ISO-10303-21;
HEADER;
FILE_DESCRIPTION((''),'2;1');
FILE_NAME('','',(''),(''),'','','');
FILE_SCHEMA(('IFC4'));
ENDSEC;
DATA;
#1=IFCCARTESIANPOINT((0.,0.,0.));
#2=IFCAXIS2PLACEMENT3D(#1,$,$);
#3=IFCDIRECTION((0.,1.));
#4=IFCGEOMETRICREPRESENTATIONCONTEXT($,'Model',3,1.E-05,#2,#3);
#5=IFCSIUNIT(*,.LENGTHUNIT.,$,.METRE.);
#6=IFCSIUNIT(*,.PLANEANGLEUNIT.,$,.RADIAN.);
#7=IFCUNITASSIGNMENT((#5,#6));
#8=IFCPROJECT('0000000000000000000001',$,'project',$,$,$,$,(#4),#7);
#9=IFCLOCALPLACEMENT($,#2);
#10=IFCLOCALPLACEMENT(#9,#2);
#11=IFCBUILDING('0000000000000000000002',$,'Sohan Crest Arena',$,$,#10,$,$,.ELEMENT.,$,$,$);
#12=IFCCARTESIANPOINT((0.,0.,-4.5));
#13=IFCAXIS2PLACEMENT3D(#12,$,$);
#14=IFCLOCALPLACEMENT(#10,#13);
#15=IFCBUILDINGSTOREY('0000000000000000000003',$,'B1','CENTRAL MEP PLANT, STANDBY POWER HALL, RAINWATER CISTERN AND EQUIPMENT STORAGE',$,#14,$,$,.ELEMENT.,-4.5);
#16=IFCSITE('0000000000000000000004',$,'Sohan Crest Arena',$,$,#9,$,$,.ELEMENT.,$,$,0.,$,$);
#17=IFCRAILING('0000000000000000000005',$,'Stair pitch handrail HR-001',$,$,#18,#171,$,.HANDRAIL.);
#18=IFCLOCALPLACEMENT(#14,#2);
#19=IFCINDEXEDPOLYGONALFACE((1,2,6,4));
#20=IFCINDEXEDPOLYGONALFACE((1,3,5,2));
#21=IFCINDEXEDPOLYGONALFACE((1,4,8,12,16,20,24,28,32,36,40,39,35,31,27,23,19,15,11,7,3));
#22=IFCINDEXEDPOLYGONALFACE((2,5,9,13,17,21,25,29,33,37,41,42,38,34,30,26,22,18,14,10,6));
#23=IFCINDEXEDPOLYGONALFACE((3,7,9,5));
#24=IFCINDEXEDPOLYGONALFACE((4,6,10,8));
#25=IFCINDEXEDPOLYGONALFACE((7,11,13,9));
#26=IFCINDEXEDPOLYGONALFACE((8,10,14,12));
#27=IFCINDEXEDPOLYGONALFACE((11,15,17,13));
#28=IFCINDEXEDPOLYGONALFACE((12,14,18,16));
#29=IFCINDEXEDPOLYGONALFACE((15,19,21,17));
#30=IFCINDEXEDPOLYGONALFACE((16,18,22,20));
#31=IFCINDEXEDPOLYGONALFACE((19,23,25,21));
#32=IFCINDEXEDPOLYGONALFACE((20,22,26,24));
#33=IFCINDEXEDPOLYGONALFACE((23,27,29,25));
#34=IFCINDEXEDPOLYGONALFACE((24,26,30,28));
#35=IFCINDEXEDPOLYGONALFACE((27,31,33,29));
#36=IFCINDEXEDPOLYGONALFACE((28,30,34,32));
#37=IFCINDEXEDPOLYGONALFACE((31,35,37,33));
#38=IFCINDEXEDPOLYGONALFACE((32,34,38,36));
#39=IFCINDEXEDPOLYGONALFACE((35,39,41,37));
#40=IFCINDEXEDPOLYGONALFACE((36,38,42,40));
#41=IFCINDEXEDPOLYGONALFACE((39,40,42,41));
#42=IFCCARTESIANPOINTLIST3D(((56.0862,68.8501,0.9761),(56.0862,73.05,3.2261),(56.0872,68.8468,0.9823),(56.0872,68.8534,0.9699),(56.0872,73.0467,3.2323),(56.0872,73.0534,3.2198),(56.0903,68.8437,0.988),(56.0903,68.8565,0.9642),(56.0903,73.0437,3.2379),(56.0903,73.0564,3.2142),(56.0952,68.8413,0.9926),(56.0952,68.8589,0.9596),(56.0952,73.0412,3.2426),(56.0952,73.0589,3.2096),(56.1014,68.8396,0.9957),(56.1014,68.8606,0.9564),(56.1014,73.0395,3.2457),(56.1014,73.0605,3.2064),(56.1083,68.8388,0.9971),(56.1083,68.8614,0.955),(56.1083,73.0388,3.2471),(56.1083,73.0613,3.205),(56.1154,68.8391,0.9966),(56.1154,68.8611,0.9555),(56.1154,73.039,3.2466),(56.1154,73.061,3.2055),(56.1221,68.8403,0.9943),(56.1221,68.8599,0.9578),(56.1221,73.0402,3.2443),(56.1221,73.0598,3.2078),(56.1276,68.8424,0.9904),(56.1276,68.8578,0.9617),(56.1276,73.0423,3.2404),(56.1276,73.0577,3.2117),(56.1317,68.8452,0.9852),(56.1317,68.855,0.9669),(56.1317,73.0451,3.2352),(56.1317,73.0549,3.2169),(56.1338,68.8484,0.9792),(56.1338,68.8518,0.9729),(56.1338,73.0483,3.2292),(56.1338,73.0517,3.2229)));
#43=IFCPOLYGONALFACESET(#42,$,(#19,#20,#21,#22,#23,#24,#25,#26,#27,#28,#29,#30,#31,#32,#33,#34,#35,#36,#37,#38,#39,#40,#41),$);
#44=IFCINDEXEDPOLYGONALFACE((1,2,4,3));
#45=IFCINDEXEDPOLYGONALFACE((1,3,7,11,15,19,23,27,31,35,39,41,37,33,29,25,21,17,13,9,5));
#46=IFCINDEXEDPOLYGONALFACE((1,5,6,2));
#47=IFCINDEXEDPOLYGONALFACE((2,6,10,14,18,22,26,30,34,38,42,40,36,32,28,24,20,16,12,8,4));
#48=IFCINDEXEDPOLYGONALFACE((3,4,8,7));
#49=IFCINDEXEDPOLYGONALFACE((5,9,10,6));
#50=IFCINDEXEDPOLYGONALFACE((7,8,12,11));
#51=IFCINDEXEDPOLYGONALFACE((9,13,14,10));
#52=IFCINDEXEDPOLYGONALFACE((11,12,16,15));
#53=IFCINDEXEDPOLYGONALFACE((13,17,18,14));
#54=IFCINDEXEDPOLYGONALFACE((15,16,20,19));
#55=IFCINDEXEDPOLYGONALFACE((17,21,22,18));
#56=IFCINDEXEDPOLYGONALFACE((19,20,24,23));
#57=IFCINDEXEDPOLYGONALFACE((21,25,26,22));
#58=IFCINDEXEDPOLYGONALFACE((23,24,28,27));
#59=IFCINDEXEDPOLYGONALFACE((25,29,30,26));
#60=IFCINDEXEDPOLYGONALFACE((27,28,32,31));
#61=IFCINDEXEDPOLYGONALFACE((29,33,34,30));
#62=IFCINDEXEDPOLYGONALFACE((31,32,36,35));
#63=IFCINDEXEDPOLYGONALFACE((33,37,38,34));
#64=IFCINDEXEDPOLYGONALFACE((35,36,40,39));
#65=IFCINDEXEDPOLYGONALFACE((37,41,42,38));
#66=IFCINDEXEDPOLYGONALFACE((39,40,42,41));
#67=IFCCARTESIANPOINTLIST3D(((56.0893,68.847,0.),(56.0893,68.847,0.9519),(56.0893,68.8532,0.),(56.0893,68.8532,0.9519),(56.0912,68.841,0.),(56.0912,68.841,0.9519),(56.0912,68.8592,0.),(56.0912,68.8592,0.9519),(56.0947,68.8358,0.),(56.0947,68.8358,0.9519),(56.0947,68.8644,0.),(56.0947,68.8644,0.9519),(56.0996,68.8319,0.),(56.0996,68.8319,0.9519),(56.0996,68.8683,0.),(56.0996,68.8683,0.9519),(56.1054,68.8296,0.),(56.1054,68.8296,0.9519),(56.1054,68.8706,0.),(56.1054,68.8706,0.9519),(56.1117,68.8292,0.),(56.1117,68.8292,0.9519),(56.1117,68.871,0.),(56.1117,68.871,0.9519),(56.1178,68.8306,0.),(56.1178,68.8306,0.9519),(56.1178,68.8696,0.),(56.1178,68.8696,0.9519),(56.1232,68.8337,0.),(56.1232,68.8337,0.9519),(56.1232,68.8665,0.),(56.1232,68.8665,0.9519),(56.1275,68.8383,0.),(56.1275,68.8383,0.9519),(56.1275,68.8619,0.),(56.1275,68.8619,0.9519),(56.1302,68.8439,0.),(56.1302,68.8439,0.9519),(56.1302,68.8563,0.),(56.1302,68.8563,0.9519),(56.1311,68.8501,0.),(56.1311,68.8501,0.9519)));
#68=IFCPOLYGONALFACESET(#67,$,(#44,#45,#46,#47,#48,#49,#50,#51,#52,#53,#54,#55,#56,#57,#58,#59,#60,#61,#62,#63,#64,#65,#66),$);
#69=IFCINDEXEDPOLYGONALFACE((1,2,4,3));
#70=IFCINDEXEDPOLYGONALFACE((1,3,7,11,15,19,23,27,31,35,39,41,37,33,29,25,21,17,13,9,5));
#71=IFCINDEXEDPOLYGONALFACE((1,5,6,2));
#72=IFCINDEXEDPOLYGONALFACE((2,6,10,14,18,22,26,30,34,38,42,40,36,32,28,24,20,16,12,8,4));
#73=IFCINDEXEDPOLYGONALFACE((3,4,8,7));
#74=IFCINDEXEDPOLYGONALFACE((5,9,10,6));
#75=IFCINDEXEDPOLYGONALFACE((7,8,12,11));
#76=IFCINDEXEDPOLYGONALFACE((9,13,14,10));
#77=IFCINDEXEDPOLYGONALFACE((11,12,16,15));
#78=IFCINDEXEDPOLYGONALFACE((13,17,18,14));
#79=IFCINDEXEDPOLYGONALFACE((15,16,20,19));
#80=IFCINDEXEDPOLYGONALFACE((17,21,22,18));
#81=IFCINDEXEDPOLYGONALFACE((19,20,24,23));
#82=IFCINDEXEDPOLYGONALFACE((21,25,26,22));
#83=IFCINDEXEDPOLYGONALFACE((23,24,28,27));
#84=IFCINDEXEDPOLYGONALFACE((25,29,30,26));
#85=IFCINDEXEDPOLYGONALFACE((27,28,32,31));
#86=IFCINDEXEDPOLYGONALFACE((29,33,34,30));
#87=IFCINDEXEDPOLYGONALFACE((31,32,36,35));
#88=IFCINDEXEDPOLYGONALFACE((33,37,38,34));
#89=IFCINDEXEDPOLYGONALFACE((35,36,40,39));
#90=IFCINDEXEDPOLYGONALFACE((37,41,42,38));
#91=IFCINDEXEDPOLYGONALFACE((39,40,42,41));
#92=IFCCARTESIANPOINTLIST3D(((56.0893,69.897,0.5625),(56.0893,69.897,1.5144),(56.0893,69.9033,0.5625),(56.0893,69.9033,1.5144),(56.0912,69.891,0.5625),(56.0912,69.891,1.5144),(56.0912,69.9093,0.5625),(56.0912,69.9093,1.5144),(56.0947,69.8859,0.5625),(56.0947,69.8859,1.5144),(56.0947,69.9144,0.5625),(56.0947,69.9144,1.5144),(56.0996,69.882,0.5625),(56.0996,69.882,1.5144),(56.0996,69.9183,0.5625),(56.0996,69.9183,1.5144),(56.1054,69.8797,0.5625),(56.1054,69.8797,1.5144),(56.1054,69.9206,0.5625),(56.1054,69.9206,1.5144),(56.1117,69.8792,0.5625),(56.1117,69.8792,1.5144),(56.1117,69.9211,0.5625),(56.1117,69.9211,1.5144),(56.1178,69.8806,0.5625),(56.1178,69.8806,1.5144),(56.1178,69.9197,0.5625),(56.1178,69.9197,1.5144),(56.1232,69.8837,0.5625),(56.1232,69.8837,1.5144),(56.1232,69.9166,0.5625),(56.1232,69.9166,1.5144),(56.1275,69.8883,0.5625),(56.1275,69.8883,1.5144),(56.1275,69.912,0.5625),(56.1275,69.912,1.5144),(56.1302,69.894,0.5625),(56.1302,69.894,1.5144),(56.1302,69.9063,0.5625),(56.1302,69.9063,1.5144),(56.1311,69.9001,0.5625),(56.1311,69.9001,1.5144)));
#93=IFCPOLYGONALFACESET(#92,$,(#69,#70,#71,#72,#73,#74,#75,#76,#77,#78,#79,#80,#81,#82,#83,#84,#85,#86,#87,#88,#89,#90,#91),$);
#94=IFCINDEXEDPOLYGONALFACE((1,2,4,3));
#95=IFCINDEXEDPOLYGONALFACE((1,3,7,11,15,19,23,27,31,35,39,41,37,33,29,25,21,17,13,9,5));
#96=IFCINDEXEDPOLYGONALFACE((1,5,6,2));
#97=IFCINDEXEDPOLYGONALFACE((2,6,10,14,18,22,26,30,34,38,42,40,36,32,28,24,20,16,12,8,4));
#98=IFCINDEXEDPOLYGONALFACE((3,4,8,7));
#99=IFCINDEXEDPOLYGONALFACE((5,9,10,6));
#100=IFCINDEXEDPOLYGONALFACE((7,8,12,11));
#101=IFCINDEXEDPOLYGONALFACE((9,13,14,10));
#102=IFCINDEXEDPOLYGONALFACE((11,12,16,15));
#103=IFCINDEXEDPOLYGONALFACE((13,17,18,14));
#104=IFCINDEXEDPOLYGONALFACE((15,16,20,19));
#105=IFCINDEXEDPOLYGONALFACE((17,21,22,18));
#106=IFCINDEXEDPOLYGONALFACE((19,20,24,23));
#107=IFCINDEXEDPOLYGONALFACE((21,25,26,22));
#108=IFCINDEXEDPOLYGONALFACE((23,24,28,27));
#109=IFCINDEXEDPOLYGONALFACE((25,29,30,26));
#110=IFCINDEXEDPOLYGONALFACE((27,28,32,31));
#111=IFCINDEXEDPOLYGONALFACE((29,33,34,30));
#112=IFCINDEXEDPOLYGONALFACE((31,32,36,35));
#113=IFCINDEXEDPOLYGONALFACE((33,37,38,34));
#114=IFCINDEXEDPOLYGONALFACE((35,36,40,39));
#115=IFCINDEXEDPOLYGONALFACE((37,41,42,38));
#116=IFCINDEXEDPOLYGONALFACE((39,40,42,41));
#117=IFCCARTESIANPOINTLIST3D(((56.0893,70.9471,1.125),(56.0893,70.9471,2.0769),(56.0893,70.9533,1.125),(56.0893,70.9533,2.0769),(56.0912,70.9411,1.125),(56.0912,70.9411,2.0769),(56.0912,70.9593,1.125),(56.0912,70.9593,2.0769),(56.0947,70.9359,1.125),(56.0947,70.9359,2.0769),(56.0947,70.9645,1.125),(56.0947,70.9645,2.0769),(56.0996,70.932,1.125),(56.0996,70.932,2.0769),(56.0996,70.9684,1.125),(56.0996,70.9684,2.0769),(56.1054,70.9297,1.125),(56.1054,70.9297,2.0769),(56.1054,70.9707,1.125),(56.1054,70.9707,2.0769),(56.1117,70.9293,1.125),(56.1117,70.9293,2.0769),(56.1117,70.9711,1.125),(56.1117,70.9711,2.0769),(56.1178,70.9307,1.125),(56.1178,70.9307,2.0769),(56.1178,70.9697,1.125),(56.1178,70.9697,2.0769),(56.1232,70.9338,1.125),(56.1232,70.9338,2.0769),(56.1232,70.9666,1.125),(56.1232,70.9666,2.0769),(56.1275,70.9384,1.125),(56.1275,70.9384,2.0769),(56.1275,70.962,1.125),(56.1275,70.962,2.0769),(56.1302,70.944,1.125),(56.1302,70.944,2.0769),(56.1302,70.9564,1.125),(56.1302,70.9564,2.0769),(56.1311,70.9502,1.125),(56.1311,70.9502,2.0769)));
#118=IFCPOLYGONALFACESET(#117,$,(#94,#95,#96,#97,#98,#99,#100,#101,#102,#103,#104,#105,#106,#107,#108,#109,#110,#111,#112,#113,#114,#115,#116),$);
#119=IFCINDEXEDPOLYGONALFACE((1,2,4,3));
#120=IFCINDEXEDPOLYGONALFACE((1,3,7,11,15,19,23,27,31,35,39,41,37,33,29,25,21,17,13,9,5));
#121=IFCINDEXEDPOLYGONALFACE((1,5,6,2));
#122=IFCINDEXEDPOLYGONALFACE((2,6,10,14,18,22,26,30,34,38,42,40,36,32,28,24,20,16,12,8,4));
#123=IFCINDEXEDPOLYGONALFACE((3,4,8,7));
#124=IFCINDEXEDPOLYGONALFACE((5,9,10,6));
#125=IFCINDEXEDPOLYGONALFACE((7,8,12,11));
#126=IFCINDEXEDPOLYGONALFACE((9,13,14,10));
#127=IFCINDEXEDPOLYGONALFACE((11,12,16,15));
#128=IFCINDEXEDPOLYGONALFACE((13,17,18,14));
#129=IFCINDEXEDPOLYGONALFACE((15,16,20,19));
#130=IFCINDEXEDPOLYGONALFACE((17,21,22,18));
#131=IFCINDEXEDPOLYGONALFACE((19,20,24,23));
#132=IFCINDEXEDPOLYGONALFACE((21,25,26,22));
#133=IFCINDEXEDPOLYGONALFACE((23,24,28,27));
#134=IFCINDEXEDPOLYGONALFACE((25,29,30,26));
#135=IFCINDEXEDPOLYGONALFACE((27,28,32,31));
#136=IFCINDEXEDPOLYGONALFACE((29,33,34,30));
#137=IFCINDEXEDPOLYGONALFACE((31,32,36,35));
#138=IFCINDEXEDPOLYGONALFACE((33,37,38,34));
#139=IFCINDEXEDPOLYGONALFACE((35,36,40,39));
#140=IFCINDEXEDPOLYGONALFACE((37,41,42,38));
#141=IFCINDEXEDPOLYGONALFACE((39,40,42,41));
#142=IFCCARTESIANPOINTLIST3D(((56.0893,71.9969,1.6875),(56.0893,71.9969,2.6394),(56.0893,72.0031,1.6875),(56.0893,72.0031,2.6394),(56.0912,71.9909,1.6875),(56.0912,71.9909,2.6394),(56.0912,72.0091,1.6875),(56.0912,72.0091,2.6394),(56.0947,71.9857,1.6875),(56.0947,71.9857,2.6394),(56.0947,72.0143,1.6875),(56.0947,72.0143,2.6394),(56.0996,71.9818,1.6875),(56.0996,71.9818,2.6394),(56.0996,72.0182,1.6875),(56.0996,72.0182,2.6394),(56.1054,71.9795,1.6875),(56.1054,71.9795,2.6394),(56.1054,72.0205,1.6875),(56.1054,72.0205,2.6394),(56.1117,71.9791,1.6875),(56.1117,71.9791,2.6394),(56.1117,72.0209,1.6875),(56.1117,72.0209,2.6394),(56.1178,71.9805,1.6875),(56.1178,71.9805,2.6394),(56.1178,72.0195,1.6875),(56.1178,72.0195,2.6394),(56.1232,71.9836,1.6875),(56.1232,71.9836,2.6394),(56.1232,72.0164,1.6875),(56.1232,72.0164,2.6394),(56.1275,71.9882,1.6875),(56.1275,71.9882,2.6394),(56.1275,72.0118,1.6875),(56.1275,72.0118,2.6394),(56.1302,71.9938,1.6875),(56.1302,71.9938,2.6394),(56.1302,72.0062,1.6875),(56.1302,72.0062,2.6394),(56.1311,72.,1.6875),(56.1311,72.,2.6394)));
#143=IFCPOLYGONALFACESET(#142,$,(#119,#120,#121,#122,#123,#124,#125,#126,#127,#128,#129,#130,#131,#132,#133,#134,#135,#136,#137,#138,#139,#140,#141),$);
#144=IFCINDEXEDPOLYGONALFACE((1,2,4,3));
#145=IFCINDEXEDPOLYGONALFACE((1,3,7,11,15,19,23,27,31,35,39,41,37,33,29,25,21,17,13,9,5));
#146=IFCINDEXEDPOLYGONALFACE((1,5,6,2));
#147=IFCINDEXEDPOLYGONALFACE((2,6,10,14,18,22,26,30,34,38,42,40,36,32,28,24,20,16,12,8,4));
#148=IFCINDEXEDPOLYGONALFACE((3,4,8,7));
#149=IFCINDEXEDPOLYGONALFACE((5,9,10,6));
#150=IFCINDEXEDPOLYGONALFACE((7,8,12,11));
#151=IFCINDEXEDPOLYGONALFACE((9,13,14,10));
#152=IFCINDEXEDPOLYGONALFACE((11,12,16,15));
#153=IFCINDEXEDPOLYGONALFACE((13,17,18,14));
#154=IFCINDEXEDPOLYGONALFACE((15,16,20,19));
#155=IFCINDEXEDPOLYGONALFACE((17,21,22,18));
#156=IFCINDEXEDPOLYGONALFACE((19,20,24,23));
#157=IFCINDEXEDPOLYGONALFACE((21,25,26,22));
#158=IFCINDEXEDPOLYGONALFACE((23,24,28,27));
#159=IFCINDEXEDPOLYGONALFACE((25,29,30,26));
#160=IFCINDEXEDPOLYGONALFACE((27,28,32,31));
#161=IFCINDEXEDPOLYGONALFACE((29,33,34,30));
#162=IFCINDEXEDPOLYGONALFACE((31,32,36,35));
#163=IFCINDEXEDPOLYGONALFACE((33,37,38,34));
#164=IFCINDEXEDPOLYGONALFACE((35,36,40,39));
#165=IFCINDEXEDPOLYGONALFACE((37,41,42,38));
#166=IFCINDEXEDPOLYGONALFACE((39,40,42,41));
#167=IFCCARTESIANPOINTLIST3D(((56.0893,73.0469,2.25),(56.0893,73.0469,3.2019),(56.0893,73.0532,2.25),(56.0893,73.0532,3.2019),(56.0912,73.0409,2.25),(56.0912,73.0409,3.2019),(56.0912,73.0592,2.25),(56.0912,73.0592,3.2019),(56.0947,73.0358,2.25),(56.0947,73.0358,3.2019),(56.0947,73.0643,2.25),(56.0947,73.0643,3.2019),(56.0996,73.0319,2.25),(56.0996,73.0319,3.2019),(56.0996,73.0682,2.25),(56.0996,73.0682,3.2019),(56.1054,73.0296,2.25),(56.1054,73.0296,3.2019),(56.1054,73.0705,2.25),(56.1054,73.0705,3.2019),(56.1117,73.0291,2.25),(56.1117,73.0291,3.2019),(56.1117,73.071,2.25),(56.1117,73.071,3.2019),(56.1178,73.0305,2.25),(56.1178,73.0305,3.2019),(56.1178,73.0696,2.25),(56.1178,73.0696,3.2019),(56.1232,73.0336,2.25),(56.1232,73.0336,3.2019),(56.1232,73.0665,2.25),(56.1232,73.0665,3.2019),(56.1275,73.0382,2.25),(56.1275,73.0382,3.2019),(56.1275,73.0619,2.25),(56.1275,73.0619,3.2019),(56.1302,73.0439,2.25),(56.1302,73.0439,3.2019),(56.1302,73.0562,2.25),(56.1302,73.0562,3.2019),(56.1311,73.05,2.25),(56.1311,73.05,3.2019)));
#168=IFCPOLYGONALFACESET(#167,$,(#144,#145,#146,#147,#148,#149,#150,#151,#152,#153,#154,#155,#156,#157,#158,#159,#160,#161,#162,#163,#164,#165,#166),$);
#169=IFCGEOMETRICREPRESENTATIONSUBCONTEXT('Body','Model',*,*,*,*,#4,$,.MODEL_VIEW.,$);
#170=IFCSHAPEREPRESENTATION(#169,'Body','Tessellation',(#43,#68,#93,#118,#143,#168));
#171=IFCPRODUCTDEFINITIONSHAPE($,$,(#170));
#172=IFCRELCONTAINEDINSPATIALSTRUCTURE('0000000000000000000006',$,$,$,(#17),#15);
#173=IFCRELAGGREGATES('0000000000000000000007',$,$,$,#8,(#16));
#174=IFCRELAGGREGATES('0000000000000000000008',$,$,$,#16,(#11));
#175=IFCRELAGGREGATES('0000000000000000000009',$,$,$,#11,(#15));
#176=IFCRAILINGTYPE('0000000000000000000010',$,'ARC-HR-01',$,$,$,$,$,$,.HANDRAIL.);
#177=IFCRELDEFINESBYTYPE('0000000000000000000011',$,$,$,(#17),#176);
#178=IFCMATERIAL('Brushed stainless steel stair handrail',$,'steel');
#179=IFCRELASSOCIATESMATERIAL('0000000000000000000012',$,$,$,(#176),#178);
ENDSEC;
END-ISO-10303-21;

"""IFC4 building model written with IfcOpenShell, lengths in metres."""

from ifc_helpers import new_model, si_unit, direction, frame, origin, origin_2d, place, context, subcontext, project, spatial, circle, extrude, material, type_object, element, save


model = new_model("IFC4")

# Units and contexts
model_context = context("Model", 3, precision=1e-05, world=origin(), true_north=direction((0.0, 1.0)))
body_context = subcontext(model_context, "Body", "Model", "MODEL_VIEW")
ifc_project = project(units=[si_unit("LENGTHUNIT", "METRE"), si_unit("PLANEANGLEUNIT", "RADIAN")], contexts=[model_context])

# Site, building, storey
site_placement = place(None, origin())
site = spatial("IfcSite", under=ifc_project, at=site_placement, Name="Sohan Crest Arena", CompositionType="ELEMENT", RefElevation=0.0)
building_placement = place(site_placement, origin())
building = spatial("IfcBuilding", under=site, at=building_placement, Name="Sohan Crest Arena", CompositionType="ELEMENT")
storey_placement = place(building_placement, frame((0.0, 0.0, -4.5)))
storey = spatial("IfcBuildingStorey", under=building, at=storey_placement, Name="B1", Description="CENTRAL MEP PLANT, STANDBY POWER HALL, RAINWATER CISTERN AND EQUIPMENT STORAGE", CompositionType="ELEMENT", Elevation=-4.5)

# Railing
ifc_material_1 = material(Name="Brushed stainless steel stair handrail", Category="steel")
railing_type = type_object("IfcRailingType", Name="ARC-HR-01", PredefinedType="HANDRAIL", material=ifc_material_1)
for number, where, name in (
    (1, (56.1101, 68.8501, 0.0), "Stair pitch handrail HR-001"),
):
    element("IfcRailing", number, at=place(storey_placement, frame(where)), inside=storey, type_object=railing_type, Name=name, PredefinedType="HANDRAIL", context=body_context, shape_type="SweptSolid", body=[
        extrude(circle(Radius=0.0239, at=origin_2d()), frame((0.0, 0.0, 0.9761), z_axis=(0.0, 0.881478, 0.472226), x_axis=(-1.0, 0.0, 0.0)), (0.0, 0.0, 1.0), 4.7646),
        extrude(circle(Radius=0.021, at=origin_2d()), origin(), (0.0, 0.0, 1.0), 0.9519),
        extrude(circle(Radius=0.021, at=origin_2d()), frame((0.0, 1.05, 0.5625)), (0.0, 0.0, 1.0), 0.9519),
        extrude(circle(Radius=0.021, at=origin_2d()), frame((0.0, 2.1001, 1.125)), (0.0, 0.0, 1.0), 0.9519),
        extrude(circle(Radius=0.021, at=origin_2d()), frame((0.0, 3.1499, 1.6875)), (0.0, 0.0, 1.0), 0.9519),
        extrude(circle(Radius=0.021, at=origin_2d()), frame((0.0, 4.2, 2.25)), (0.0, 0.0, 1.0), 0.9519),
    ])

save(model, "model.ifc")
